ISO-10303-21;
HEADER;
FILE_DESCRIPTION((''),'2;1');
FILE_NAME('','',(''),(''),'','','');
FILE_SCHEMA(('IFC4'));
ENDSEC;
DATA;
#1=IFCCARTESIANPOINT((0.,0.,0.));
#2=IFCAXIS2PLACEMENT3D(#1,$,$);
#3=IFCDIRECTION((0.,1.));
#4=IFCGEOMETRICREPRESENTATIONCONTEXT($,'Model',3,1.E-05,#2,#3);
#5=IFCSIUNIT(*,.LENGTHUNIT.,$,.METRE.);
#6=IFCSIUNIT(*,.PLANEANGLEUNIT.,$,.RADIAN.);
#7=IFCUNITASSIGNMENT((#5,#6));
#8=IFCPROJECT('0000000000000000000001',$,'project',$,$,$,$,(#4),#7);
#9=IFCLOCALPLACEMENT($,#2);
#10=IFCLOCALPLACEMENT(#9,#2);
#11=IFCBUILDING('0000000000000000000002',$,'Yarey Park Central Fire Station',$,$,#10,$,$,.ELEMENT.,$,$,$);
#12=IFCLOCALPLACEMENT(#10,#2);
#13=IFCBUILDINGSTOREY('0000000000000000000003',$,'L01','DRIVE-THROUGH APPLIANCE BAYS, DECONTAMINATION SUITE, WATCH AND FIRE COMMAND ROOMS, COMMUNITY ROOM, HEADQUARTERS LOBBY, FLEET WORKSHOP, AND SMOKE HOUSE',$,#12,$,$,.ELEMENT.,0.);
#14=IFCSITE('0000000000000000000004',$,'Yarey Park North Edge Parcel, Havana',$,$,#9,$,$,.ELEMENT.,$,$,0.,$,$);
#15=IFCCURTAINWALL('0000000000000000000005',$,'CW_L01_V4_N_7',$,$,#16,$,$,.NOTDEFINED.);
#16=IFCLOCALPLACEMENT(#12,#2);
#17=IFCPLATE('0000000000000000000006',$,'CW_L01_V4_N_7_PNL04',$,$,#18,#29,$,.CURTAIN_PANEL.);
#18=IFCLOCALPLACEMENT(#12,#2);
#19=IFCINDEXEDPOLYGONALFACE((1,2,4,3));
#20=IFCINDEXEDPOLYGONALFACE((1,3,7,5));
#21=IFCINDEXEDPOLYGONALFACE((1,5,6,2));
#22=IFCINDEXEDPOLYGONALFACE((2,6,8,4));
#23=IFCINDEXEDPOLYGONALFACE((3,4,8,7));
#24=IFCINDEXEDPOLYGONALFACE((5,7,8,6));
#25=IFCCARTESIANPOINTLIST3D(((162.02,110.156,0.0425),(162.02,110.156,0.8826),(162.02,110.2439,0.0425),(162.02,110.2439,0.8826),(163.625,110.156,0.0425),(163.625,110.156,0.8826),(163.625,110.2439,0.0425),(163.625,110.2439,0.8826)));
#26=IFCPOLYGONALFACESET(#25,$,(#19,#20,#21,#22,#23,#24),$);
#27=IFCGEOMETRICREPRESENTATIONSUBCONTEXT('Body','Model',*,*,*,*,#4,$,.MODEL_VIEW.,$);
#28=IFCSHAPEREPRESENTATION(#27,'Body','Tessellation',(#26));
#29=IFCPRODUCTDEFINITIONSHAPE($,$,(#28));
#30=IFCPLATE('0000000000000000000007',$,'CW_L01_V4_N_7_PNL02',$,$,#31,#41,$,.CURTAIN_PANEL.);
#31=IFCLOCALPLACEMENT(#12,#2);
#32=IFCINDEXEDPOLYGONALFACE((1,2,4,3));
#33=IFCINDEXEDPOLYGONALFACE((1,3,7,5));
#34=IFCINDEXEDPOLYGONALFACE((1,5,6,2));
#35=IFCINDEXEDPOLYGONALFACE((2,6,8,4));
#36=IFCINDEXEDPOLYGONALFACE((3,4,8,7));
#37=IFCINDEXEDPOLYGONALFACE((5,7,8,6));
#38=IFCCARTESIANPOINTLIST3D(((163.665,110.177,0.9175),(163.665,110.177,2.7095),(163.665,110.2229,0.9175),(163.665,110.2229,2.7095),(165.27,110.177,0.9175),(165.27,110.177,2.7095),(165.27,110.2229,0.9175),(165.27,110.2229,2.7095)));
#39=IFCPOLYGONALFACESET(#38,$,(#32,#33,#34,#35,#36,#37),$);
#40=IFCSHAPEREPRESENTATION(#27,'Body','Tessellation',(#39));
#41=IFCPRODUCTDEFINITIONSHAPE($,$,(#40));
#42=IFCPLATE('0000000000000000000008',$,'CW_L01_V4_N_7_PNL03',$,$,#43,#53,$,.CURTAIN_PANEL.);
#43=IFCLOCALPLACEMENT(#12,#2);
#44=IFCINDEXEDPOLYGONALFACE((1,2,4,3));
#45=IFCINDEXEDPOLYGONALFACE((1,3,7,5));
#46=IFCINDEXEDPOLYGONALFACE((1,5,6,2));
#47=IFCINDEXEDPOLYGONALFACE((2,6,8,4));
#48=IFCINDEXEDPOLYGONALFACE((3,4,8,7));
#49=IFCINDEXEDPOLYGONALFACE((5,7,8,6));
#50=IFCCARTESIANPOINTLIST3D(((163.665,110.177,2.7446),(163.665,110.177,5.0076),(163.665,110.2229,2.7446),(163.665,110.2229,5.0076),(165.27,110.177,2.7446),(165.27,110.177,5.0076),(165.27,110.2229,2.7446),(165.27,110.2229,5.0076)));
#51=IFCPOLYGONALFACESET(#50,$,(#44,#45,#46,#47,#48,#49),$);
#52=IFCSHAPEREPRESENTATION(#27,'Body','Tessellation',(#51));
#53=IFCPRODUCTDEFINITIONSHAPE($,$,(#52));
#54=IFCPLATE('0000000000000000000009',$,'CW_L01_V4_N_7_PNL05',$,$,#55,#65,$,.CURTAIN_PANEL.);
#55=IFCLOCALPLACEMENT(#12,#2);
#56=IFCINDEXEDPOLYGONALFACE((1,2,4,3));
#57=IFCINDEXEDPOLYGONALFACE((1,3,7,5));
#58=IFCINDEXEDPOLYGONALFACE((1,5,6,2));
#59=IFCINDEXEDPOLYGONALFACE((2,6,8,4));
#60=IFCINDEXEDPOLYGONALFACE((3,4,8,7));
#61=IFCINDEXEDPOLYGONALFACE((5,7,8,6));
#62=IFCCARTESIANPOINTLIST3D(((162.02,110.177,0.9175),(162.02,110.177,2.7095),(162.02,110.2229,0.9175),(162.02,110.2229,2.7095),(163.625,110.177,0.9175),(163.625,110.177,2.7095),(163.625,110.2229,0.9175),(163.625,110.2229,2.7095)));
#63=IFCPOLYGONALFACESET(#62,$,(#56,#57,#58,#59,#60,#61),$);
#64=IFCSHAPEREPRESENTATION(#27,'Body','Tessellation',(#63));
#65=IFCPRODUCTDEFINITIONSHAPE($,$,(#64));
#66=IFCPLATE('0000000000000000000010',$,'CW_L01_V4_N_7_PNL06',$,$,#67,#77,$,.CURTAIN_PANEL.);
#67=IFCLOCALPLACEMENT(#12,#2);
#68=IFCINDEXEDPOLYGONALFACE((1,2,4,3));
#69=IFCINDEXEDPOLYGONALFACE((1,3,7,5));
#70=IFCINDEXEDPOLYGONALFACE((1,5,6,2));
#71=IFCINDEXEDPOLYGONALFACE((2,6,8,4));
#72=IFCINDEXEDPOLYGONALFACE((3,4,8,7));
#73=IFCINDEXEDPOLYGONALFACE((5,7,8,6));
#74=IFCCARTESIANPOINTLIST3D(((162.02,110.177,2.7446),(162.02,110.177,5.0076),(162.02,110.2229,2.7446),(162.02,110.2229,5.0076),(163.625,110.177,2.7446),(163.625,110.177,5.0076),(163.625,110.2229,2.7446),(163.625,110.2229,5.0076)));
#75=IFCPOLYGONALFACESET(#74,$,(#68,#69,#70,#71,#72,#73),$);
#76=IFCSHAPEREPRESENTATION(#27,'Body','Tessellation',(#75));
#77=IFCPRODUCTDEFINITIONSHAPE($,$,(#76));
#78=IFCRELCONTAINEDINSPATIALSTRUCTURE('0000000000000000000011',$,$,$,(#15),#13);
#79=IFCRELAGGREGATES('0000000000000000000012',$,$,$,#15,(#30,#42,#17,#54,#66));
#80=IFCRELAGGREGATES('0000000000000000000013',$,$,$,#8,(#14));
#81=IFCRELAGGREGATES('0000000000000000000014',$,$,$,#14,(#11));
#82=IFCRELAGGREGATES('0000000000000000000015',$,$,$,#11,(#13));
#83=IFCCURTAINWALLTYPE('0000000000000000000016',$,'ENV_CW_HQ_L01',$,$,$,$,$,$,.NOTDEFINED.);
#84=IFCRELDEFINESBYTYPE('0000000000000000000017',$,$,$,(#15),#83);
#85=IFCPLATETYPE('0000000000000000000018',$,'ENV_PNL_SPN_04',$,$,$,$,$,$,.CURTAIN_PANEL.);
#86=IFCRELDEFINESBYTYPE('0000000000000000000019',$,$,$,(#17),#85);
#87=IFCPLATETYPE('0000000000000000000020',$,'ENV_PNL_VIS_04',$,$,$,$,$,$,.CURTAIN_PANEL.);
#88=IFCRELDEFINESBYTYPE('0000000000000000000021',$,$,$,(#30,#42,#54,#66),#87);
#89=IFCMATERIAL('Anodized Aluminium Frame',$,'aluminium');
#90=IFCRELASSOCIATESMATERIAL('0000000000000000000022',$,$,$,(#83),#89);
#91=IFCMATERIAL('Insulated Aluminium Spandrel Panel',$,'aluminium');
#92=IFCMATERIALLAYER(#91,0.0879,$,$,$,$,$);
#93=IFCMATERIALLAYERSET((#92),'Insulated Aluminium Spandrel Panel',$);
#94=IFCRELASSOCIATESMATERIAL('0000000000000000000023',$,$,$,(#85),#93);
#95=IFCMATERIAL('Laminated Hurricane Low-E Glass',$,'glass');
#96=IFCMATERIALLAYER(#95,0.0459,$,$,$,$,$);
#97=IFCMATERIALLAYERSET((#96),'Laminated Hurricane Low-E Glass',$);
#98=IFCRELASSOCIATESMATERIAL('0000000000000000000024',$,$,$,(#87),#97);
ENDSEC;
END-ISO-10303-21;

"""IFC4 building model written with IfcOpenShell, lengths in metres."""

from ifc_helpers import new_model, si_unit, direction, frame, origin, origin_2d, place, context, subcontext, project, spatial, rectangle, extrude, material, layer, layer_set, type_object, element, aggregate, save


model = new_model("IFC4")

# Units and contexts
model_context = context("Model", 3, precision=1e-05, world=origin(), true_north=direction((0.0, 1.0)))
body_context = subcontext(model_context, "Body", "Model", "MODEL_VIEW")
ifc_project = project(units=[si_unit("LENGTHUNIT", "METRE"), si_unit("PLANEANGLEUNIT", "RADIAN")], contexts=[model_context])

# Site, building, storey
site_placement = place(None, origin())
site = spatial("IfcSite", under=ifc_project, at=site_placement, Name="Yarey Park North Edge Parcel, Havana", CompositionType="ELEMENT", RefElevation=0.0)
building_placement = place(site_placement, origin())
building = spatial("IfcBuilding", under=site, at=building_placement, Name="Yarey Park Central Fire Station", CompositionType="ELEMENT")
storey_placement = place(building_placement, origin())
storey = spatial("IfcBuildingStorey", under=building, at=storey_placement, Name="L01", Description="DRIVE-THROUGH APPLIANCE BAYS, DECONTAMINATION SUITE, WATCH AND FIRE COMMAND ROOMS, COMMUNITY ROOM, HEADQUARTERS LOBBY, FLEET WORKSHOP, AND SMOKE HOUSE", CompositionType="ELEMENT", Elevation=0.0)

# Curtain wall, plates
ifc_material_1 = material(Name="Anodized Aluminium Frame", Category="aluminium")
curtain_wall_type = type_object("IfcCurtainWallType", Name="ENV_CW_HQ_L01", PredefinedType="NOTDEFINED", material=ifc_material_1)
curtain_wall_placement = place(storey_placement, origin())
curtain_wall = element("IfcCurtainWall", 1, at=curtain_wall_placement, inside=storey, type_object=curtain_wall_type, Name="CW_L01_V4_N_7", PredefinedType="NOTDEFINED")
ifc_material_2 = material(Name="Insulated Aluminium Spandrel Panel", Category="aluminium")
ifc_layer_1 = layer(ifc_material_2, 0.0879)
ifc_layer_set_1 = layer_set([ifc_layer_1], Name="Insulated Aluminium Spandrel Panel")
plate_type_1 = type_object("IfcPlateType", Name="ENV_PNL_SPN_04", PredefinedType="CURTAIN_PANEL", material=ifc_layer_set_1)
plate_1_placement = place(storey_placement, frame((162.8225, 110.2, 0.0425), z_axis=(0.0, 0.0, 1.0), x_axis=(-1.0, 0.0, 0.0)))
plate_1 = element("IfcPlate", 2, at=plate_1_placement, type_object=plate_type_1, Name="CW_L01_V4_N_7_PNL04", PredefinedType="CURTAIN_PANEL", context=body_context, shape_type="SweptSolid", body=[
    extrude(rectangle(XDim=1.605, YDim=0.0879, at=origin_2d()), origin(), (0.0, 0.0, 1.0), 0.8401),
])
ifc_material_3 = material(Name="Laminated Hurricane Low-E Glass", Category="glass")
ifc_layer_2 = layer(ifc_material_3, 0.0459)
ifc_layer_set_2 = layer_set([ifc_layer_2], Name="Laminated Hurricane Low-E Glass")
plate_type_2 = type_object("IfcPlateType", Name="ENV_PNL_VIS_04", PredefinedType="CURTAIN_PANEL", material=ifc_layer_set_2)
plate_2_placement = place(storey_placement, frame((164.4675, 110.2, 0.9175), z_axis=(0.0, 0.0, 1.0), x_axis=(-1.0, 0.0, 0.0)))
plate_2 = element("IfcPlate", 3, at=plate_2_placement, type_object=plate_type_2, Name="CW_L01_V4_N_7_PNL02", PredefinedType="CURTAIN_PANEL", context=body_context, shape_type="SweptSolid", body=[
    extrude(rectangle(XDim=1.605, YDim=0.0459, at=origin_2d()), origin(), (0.0, 0.0, 1.0), 1.792),
])
plate_3_placement = place(storey_placement, frame((164.4675, 110.2, 2.7446), z_axis=(0.0, 0.0, 1.0), x_axis=(-1.0, 0.0, 0.0)))
plate_3 = element("IfcPlate", 4, at=plate_3_placement, type_object=plate_type_2, Name="CW_L01_V4_N_7_PNL03", PredefinedType="CURTAIN_PANEL", context=body_context, shape_type="SweptSolid", body=[
    extrude(rectangle(XDim=1.605, YDim=0.0459, at=origin_2d()), origin(), (0.0, 0.0, 1.0), 2.2629),
])
plate_4_placement = place(storey_placement, frame((162.8225, 110.2, 0.9175), z_axis=(0.0, 0.0, 1.0), x_axis=(-1.0, 0.0, 0.0)))
plate_4 = element("IfcPlate", 5, at=plate_4_placement, type_object=plate_type_2, Name="CW_L01_V4_N_7_PNL05", PredefinedType="CURTAIN_PANEL", context=body_context, shape_type="SweptSolid", body=[
    extrude(rectangle(XDim=1.605, YDim=0.0459, at=origin_2d()), origin(), (0.0, 0.0, 1.0), 1.792),
])
plate_5_placement = place(storey_placement, frame((162.8225, 110.2, 2.7446), z_axis=(0.0, 0.0, 1.0), x_axis=(-1.0, 0.0, 0.0)))
plate_5 = element("IfcPlate", 6, at=plate_5_placement, type_object=plate_type_2, Name="CW_L01_V4_N_7_PNL06", PredefinedType="CURTAIN_PANEL", context=body_context, shape_type="SweptSolid", body=[
    extrude(rectangle(XDim=1.605, YDim=0.0459, at=origin_2d()), origin(), (0.0, 0.0, 1.0), 2.2629),
])
aggregate(curtain_wall, [plate_2, plate_3, plate_1, plate_4, plate_5])

save(model, "model.ifc")
